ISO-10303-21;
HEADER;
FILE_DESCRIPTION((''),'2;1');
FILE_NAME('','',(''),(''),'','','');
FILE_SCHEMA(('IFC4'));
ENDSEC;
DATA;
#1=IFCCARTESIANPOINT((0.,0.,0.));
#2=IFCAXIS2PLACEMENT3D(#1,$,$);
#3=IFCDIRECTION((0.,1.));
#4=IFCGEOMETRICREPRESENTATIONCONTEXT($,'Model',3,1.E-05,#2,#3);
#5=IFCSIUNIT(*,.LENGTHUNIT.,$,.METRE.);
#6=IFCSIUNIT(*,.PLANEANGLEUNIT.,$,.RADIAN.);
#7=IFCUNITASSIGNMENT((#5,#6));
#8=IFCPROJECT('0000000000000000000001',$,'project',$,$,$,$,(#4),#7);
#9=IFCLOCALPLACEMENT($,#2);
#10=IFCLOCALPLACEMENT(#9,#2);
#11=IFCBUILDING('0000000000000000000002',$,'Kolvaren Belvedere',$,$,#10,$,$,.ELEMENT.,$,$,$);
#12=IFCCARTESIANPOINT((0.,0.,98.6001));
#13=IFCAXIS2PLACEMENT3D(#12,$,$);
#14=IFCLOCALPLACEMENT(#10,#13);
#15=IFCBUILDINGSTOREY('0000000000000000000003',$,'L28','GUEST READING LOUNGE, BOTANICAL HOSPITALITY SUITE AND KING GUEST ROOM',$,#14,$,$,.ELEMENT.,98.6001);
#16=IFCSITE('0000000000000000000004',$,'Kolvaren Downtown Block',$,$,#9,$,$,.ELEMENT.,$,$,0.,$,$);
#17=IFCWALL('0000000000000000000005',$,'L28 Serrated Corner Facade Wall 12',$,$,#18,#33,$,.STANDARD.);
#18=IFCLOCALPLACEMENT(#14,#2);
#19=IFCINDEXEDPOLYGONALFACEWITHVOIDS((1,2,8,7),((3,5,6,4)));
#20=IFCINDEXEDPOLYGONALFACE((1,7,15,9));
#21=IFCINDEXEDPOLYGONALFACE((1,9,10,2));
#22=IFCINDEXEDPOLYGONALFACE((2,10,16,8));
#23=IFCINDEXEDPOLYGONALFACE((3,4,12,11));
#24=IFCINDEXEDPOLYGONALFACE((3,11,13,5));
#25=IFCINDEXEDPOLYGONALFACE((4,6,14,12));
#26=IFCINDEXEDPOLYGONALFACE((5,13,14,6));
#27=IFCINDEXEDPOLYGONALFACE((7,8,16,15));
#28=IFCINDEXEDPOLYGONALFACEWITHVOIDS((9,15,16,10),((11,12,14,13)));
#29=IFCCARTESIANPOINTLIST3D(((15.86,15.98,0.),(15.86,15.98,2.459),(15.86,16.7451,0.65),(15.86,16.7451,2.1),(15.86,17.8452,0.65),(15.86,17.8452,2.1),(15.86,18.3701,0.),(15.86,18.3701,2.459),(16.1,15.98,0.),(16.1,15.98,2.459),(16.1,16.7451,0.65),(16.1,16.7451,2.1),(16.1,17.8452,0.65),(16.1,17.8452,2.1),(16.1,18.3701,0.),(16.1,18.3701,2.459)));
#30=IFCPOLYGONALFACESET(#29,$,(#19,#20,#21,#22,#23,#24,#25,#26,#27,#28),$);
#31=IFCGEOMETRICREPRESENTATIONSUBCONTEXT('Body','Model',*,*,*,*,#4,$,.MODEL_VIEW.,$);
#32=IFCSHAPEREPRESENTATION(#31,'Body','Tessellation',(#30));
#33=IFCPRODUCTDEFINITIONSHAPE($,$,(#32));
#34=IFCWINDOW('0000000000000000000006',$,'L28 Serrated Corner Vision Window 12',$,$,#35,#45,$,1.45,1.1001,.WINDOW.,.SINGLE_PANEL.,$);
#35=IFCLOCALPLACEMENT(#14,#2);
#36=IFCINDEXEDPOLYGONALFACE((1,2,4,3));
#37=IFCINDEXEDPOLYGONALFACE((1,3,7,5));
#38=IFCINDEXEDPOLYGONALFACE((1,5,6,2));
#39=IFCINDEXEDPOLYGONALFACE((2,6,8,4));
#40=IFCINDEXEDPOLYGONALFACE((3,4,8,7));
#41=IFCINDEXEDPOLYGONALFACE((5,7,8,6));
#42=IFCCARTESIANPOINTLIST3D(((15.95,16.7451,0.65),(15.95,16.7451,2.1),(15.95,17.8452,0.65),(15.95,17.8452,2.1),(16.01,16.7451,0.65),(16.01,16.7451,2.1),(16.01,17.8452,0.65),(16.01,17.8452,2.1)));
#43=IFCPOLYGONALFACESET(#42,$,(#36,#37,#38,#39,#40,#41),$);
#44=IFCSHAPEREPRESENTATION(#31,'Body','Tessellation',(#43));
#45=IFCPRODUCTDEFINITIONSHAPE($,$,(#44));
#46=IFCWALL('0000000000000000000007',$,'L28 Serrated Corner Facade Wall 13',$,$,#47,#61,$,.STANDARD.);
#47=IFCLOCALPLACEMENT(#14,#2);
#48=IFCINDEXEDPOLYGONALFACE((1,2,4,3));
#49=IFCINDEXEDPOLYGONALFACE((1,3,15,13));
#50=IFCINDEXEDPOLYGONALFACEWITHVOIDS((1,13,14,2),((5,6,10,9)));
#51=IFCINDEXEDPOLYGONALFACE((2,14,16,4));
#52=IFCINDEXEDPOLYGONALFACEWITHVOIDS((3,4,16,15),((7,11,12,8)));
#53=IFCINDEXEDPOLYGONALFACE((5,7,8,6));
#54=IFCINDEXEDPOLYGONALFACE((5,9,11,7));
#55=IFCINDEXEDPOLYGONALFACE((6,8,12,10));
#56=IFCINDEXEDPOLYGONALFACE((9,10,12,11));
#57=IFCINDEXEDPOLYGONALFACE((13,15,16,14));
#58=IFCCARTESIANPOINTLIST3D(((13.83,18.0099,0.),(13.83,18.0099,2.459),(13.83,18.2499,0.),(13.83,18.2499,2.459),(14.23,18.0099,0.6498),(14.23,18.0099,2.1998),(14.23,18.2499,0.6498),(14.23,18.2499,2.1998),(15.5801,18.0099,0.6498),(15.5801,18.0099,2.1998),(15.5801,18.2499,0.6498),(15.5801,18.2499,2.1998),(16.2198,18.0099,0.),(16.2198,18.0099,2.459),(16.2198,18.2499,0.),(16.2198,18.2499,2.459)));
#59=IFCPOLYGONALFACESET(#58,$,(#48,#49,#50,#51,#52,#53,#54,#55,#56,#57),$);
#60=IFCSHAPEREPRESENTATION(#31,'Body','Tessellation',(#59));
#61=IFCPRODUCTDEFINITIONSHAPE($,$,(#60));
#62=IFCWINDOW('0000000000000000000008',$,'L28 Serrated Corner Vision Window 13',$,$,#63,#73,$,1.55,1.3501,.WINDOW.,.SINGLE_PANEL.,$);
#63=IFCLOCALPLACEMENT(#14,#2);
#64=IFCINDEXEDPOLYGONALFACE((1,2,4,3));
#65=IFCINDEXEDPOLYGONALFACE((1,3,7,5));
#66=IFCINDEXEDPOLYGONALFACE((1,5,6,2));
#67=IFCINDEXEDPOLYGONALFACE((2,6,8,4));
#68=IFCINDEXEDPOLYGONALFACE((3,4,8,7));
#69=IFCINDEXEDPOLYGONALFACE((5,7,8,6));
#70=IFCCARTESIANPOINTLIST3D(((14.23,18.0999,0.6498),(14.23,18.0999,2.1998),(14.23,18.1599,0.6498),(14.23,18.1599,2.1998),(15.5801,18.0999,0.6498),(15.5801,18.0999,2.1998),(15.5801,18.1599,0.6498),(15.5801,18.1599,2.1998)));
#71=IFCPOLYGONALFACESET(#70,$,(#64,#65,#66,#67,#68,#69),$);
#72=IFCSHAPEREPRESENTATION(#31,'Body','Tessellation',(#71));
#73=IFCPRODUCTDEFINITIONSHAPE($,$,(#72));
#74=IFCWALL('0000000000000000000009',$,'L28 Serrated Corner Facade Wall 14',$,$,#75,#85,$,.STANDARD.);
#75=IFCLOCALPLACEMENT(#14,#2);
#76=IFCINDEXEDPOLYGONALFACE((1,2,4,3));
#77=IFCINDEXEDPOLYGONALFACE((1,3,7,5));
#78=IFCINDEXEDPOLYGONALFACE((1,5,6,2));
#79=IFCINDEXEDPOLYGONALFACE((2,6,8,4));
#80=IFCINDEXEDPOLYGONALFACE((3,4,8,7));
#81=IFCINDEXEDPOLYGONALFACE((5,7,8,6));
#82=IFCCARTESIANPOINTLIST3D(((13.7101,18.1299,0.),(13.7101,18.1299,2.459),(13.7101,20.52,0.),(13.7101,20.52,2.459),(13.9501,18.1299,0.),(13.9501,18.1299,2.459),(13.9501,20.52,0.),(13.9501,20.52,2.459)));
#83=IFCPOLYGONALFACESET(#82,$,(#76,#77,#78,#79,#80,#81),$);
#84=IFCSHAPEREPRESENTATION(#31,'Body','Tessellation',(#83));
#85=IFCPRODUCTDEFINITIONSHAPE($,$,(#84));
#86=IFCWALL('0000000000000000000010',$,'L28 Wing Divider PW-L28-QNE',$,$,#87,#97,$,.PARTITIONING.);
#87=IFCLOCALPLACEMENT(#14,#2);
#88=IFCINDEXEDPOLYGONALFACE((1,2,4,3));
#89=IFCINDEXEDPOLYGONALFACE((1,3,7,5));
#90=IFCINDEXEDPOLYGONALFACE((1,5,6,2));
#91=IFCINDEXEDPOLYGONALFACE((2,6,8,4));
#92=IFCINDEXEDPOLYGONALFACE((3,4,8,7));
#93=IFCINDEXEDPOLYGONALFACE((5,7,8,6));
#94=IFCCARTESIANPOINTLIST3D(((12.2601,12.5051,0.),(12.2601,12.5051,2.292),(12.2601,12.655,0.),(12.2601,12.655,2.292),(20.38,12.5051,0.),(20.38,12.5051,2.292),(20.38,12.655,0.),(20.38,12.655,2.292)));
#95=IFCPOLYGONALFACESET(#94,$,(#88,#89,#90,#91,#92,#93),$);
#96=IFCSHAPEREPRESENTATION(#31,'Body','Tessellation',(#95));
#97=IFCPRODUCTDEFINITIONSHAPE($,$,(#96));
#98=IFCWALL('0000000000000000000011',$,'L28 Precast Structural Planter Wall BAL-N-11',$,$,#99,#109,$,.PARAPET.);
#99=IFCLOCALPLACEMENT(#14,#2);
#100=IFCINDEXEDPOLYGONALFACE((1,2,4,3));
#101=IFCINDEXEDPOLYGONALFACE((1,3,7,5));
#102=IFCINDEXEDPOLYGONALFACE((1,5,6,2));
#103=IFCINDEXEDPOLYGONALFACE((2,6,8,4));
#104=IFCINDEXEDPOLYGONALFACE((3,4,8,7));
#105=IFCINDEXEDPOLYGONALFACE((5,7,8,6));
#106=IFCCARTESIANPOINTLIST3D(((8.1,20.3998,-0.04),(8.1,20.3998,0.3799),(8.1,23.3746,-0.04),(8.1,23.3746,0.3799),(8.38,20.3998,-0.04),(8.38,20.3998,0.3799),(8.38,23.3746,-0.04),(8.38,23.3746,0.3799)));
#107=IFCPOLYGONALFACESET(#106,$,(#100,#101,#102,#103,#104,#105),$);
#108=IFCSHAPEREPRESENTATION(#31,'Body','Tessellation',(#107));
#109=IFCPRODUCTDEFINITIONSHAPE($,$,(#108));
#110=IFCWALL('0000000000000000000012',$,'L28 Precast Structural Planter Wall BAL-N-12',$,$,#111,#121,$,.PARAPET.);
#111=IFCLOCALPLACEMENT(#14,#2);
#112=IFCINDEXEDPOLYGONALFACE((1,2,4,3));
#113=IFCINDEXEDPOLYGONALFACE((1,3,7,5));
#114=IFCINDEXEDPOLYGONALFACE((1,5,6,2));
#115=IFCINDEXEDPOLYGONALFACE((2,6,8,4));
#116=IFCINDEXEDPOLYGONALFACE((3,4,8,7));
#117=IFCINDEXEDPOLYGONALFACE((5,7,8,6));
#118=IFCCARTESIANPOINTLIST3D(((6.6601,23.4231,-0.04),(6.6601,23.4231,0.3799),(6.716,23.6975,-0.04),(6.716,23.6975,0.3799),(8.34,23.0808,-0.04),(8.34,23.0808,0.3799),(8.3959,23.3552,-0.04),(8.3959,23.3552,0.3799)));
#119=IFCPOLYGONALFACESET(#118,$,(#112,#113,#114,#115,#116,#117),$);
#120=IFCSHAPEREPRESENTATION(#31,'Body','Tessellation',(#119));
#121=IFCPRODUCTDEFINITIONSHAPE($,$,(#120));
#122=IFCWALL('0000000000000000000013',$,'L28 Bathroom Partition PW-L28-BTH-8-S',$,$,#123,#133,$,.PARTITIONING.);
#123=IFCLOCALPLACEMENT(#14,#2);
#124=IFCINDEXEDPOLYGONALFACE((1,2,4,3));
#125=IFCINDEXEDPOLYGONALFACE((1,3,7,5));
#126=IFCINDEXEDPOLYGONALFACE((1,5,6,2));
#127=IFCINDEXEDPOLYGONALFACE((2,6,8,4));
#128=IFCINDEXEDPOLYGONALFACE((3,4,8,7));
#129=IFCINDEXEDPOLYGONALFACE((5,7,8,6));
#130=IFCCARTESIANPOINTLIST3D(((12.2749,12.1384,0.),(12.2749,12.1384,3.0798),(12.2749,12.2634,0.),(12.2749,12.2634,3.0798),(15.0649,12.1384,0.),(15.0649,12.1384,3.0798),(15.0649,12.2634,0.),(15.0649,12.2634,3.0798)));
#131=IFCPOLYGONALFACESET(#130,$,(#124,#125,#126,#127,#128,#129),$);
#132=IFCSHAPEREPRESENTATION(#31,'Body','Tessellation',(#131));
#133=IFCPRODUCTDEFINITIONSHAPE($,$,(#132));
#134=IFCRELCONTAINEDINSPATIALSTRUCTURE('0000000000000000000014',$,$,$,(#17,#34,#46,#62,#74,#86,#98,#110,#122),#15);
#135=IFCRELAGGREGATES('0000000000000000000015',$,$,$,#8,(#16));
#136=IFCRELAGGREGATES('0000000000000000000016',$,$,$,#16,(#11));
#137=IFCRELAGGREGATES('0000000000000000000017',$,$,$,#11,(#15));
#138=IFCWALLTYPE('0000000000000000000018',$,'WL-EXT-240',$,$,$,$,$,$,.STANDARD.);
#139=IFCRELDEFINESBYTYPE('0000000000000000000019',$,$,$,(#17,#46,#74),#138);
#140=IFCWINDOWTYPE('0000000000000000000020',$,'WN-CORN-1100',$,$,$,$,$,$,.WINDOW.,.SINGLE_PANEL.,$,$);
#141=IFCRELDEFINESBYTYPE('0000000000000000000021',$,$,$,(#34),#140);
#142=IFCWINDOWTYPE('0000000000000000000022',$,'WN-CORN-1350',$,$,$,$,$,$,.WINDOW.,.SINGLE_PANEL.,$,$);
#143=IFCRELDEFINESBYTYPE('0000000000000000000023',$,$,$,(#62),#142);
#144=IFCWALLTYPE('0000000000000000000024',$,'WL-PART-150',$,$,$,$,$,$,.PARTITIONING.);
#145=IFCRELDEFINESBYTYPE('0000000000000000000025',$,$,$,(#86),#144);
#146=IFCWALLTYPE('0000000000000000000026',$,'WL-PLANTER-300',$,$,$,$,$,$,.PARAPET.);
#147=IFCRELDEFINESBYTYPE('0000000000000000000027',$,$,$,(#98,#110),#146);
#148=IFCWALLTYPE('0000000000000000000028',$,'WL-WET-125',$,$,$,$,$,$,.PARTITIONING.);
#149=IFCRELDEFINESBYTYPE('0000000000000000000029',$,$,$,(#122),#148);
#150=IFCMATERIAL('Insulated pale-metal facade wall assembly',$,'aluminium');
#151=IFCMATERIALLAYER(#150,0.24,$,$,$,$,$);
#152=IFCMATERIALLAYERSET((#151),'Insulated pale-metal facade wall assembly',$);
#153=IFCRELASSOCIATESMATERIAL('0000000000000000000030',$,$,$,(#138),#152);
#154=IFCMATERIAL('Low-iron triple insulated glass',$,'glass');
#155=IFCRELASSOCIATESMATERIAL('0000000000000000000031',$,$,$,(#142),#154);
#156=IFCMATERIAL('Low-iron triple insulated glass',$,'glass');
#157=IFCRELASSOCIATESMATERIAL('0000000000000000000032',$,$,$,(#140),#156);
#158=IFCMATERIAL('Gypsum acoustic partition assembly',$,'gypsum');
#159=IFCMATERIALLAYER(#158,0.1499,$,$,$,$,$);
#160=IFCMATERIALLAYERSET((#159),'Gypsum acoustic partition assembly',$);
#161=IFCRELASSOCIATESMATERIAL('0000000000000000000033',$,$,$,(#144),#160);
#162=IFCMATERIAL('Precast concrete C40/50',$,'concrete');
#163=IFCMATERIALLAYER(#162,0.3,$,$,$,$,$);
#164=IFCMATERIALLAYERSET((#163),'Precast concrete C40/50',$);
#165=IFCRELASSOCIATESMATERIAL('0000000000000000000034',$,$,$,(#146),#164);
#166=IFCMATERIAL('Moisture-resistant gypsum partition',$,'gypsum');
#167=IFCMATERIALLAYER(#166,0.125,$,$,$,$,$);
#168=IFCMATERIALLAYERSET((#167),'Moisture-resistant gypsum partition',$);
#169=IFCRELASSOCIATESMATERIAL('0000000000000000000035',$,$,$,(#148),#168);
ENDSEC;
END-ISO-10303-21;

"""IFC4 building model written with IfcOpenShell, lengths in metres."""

from ifc_helpers import new_model, si_unit, direction, frame, frame_2d, origin, place, context, subcontext, project, spatial, rectangle, extrude, material, layer, layer_set, type_object, element, fill, save


model = new_model("IFC4")

# Units and contexts
model_context = context("Model", 3, precision=1e-05, world=origin(), true_north=direction((0.0, 1.0)))
body_context = subcontext(model_context, "Body", "Model", "MODEL_VIEW")
ifc_project = project(units=[si_unit("LENGTHUNIT", "METRE"), si_unit("PLANEANGLEUNIT", "RADIAN")], contexts=[model_context])

# Site, building, storey
site_placement = place(None, origin())
site = spatial("IfcSite", under=ifc_project, at=site_placement, Name="Kolvaren Downtown Block", CompositionType="ELEMENT", RefElevation=0.0)
building_placement = place(site_placement, origin())
building = spatial("IfcBuilding", under=site, at=building_placement, Name="Kolvaren Belvedere", CompositionType="ELEMENT")
storey_placement = place(building_placement, frame((0.0, 0.0, 98.6001)))
storey = spatial("IfcBuildingStorey", under=building, at=storey_placement, Name="L28", Description="GUEST READING LOUNGE, BOTANICAL HOSPITALITY SUITE AND KING GUEST ROOM", CompositionType="ELEMENT", Elevation=98.6001)

# Shared definitions
ifc_material_1 = material(Name="Insulated pale-metal facade wall assembly", Category="aluminium")
ifc_layer_1 = layer(ifc_material_1, 0.24)
ifc_layer_set_1 = layer_set([ifc_layer_1], Name="Insulated pale-metal facade wall assembly")
wall_type_1 = type_object("IfcWallType", Name="WL-EXT-240", PredefinedType="STANDARD", material=ifc_layer_set_1)

# Walls, openings, windows
ifc_material_2 = material(Name="Low-iron triple insulated glass", Category="glass")
window_type_1 = type_object("IfcWindowType", Name="WN-CORN-1350", PartitioningType="SINGLE_PANEL", PredefinedType="WINDOW", material=ifc_material_2)
ifc_material_3 = material(Name="Low-iron triple insulated glass", Category="glass")
window_type_2 = type_object("IfcWindowType", Name="WN-CORN-1100", PartitioningType="SINGLE_PANEL", PredefinedType="WINDOW", material=ifc_material_3)
wall_1_placement = place(storey_placement, frame((15.98, 18.3701, 0.0), z_axis=(0.0, 0.0, 1.0), x_axis=(0.0, -1.0, 0.0)))
wall_1 = element("IfcWall", 1, at=wall_1_placement, inside=storey, type_object=wall_type_1, Name="L28 Serrated Corner Facade Wall 12", PredefinedType="STANDARD", context=body_context, shape_type="SweptSolid", body=[
    extrude(rectangle(XDim=2.3901, YDim=0.24, at=frame_2d((1.1951, 0.0))), origin(), (0.0, 0.0, 1.0), 2.459),
])
opening_1_placement = place(wall_1_placement, frame((0.5249, 0.0, 0.6499)))
opening_1 = element("IfcOpeningElement", 2, at=opening_1_placement, cuts=wall_1, PredefinedType="OPENING", context=body_context, shape_type="SweptSolid", body=[
    extrude(rectangle(XDim=1.1001, YDim=1.45, at=frame_2d((0.55, 0.7251))), frame((0.0, 0.1299, 0.0), z_axis=(0.0, -1.0, 0.0), x_axis=(1.0, 0.0, 0.0)), (0.0, 0.0, 1.0), 0.26),
])
window_1_placement = place(opening_1_placement, origin())
window_1 = element("IfcWindow", 3, at=window_1_placement, inside=storey, type_object=window_type_2, Name="L28 Serrated Corner Vision Window 12", OverallHeight=1.45, OverallWidth=1.1001, PartitioningType="SINGLE_PANEL", PredefinedType="WINDOW", context=body_context, shape_type="SweptSolid", body=[
    extrude(rectangle(XDim=1.1001, YDim=1.45, at=frame_2d((0.55, 0.7251))), frame((0.0, 0.03, 0.0), z_axis=(0.0, -1.0, 0.0), x_axis=(1.0, 0.0, 0.0)), (0.0, 0.0, 1.0), 0.0601),
])
fill(opening_1, window_1)
wall_2_placement = place(storey_placement, frame((13.8301, 18.1299, 0.0), z_axis=(0.0, 0.0, 1.0), x_axis=(1.0, 0.0, 0.0)))
wall_2 = element("IfcWall", 4, at=wall_2_placement, inside=storey, type_object=wall_type_1, Name="L28 Serrated Corner Facade Wall 13", PredefinedType="STANDARD", context=body_context, shape_type="SweptSolid", body=[
    extrude(rectangle(XDim=2.3899, YDim=0.24, at=frame_2d((1.1948, 0.0))), origin(), (0.0, 0.0, 1.0), 2.459),
])
opening_2_placement = place(wall_2_placement, frame((0.3999, 0.0, 0.6499)))
opening_2 = element("IfcOpeningElement", 5, at=opening_2_placement, cuts=wall_2, PredefinedType="OPENING", context=body_context, shape_type="SweptSolid", body=[
    extrude(rectangle(XDim=1.3501, YDim=1.55, at=frame_2d((0.675, 0.7749))), frame((0.0, 0.1299, 0.0), z_axis=(0.0, -1.0, 0.0), x_axis=(1.0, 0.0, 0.0)), (0.0, 0.0, 1.0), 0.26),
])
window_2_placement = place(opening_2_placement, origin())
window_2 = element("IfcWindow", 6, at=window_2_placement, inside=storey, type_object=window_type_1, Name="L28 Serrated Corner Vision Window 13", OverallHeight=1.55, OverallWidth=1.3501, PartitioningType="SINGLE_PANEL", PredefinedType="WINDOW", context=body_context, shape_type="SweptSolid", body=[
    extrude(rectangle(XDim=1.3501, YDim=1.55, at=frame_2d((0.675, 0.7749))), frame((0.0, 0.03, 0.0), z_axis=(0.0, -1.0, 0.0), x_axis=(1.0, 0.0, 0.0)), (0.0, 0.0, 1.0), 0.0601),
])
fill(opening_2, window_2)

# Walls
wall_3_placement = place(storey_placement, frame((13.8301, 20.52, 0.0), z_axis=(0.0, 0.0, 1.0), x_axis=(0.0, -1.0, 0.0)))
element("IfcWall", 7, at=wall_3_placement, inside=storey, type_object=wall_type_1, Name="L28 Serrated Corner Facade Wall 14", PredefinedType="STANDARD", context=body_context, shape_type="SweptSolid", body=[
    extrude(rectangle(XDim=2.3901, YDim=0.24, at=frame_2d((1.1951, 0.0))), origin(), (0.0, 0.0, 1.0), 2.459),
])
ifc_material_4 = material(Name="Gypsum acoustic partition assembly", Category="gypsum")
ifc_layer_2 = layer(ifc_material_4, 0.1499)
ifc_layer_set_2 = layer_set([ifc_layer_2], Name="Gypsum acoustic partition assembly")
wall_type_2 = type_object("IfcWallType", Name="WL-PART-150", PredefinedType="PARTITIONING", material=ifc_layer_set_2)
wall_4_placement = place(storey_placement, frame((12.26, 12.5801, 0.0), z_axis=(0.0, 0.0, 1.0), x_axis=(1.0, 0.0, 0.0)))
element("IfcWall", 8, at=wall_4_placement, inside=storey, type_object=wall_type_2, Name="L28 Wing Divider PW-L28-QNE", PredefinedType="PARTITIONING", context=body_context, shape_type="SweptSolid", body=[
    extrude(rectangle(XDim=8.1199, YDim=0.1499, at=frame_2d((4.0601, 0.0))), origin(), (0.0, 0.0, 1.0), 2.292),
])
ifc_material_5 = material(Name="Precast concrete C40/50", Category="concrete")
ifc_layer_3 = layer(ifc_material_5, 0.3)
ifc_layer_set_3 = layer_set([ifc_layer_3], Name="Precast concrete C40/50")
wall_type_3 = type_object("IfcWallType", Name="WL-PLANTER-300", PredefinedType="PARAPET", material=ifc_layer_set_3)
wall_5_placement = place(storey_placement, frame((8.24, 20.3999, -0.04), z_axis=(0.0, 0.0, 1.0), x_axis=(0.0, 1.0, 0.0)))
element("IfcWall", 9, at=wall_5_placement, inside=storey, type_object=wall_type_3, Name="L28 Precast Structural Planter Wall BAL-N-11", PredefinedType="PARAPET", context=body_context, shape_type="SweptSolid", body=[
    extrude(rectangle(XDim=2.9749, YDim=0.28, at=frame_2d((1.4873, 0.0))), origin(), (0.0, 0.0, 1.0), 0.4199),
])
wall_6_placement = place(storey_placement, frame((8.3679, 23.218, -0.04), z_axis=(0.0, 0.0, 1.0), x_axis=(-0.979868, 0.199648, 0.0)))
element("IfcWall", 10, at=wall_6_placement, inside=storey, type_object=wall_type_3, Name="L28 Precast Structural Planter Wall BAL-N-12", PredefinedType="PARAPET", context=body_context, shape_type="SweptSolid", body=[
    extrude(rectangle(XDim=1.7144, YDim=0.28, at=frame_2d((0.8572, 0.0))), origin(), (0.0, 0.0, 1.0), 0.4199),
])
ifc_material_6 = material(Name="Moisture-resistant gypsum partition", Category="gypsum")
ifc_layer_4 = layer(ifc_material_6, 0.125)
ifc_layer_set_4 = layer_set([ifc_layer_4], Name="Moisture-resistant gypsum partition")
wall_type_4 = type_object("IfcWallType", Name="WL-WET-125", PredefinedType="PARTITIONING", material=ifc_layer_set_4)
wall_7_placement = place(storey_placement, frame((12.2749, 12.2009, 0.0), z_axis=(0.0, 0.0, 1.0), x_axis=(1.0, 0.0, 0.0)))
element("IfcWall", 11, at=wall_7_placement, inside=storey, type_object=wall_type_4, Name="L28 Bathroom Partition PW-L28-BTH-8-S", PredefinedType="PARTITIONING", context=body_context, shape_type="SweptSolid", body=[
    extrude(rectangle(XDim=2.79, YDim=0.125, at=frame_2d((1.395, 0.0))), origin(), (0.0, 0.0, 1.0), 3.0798),
])

save(model, "model.ifc")
